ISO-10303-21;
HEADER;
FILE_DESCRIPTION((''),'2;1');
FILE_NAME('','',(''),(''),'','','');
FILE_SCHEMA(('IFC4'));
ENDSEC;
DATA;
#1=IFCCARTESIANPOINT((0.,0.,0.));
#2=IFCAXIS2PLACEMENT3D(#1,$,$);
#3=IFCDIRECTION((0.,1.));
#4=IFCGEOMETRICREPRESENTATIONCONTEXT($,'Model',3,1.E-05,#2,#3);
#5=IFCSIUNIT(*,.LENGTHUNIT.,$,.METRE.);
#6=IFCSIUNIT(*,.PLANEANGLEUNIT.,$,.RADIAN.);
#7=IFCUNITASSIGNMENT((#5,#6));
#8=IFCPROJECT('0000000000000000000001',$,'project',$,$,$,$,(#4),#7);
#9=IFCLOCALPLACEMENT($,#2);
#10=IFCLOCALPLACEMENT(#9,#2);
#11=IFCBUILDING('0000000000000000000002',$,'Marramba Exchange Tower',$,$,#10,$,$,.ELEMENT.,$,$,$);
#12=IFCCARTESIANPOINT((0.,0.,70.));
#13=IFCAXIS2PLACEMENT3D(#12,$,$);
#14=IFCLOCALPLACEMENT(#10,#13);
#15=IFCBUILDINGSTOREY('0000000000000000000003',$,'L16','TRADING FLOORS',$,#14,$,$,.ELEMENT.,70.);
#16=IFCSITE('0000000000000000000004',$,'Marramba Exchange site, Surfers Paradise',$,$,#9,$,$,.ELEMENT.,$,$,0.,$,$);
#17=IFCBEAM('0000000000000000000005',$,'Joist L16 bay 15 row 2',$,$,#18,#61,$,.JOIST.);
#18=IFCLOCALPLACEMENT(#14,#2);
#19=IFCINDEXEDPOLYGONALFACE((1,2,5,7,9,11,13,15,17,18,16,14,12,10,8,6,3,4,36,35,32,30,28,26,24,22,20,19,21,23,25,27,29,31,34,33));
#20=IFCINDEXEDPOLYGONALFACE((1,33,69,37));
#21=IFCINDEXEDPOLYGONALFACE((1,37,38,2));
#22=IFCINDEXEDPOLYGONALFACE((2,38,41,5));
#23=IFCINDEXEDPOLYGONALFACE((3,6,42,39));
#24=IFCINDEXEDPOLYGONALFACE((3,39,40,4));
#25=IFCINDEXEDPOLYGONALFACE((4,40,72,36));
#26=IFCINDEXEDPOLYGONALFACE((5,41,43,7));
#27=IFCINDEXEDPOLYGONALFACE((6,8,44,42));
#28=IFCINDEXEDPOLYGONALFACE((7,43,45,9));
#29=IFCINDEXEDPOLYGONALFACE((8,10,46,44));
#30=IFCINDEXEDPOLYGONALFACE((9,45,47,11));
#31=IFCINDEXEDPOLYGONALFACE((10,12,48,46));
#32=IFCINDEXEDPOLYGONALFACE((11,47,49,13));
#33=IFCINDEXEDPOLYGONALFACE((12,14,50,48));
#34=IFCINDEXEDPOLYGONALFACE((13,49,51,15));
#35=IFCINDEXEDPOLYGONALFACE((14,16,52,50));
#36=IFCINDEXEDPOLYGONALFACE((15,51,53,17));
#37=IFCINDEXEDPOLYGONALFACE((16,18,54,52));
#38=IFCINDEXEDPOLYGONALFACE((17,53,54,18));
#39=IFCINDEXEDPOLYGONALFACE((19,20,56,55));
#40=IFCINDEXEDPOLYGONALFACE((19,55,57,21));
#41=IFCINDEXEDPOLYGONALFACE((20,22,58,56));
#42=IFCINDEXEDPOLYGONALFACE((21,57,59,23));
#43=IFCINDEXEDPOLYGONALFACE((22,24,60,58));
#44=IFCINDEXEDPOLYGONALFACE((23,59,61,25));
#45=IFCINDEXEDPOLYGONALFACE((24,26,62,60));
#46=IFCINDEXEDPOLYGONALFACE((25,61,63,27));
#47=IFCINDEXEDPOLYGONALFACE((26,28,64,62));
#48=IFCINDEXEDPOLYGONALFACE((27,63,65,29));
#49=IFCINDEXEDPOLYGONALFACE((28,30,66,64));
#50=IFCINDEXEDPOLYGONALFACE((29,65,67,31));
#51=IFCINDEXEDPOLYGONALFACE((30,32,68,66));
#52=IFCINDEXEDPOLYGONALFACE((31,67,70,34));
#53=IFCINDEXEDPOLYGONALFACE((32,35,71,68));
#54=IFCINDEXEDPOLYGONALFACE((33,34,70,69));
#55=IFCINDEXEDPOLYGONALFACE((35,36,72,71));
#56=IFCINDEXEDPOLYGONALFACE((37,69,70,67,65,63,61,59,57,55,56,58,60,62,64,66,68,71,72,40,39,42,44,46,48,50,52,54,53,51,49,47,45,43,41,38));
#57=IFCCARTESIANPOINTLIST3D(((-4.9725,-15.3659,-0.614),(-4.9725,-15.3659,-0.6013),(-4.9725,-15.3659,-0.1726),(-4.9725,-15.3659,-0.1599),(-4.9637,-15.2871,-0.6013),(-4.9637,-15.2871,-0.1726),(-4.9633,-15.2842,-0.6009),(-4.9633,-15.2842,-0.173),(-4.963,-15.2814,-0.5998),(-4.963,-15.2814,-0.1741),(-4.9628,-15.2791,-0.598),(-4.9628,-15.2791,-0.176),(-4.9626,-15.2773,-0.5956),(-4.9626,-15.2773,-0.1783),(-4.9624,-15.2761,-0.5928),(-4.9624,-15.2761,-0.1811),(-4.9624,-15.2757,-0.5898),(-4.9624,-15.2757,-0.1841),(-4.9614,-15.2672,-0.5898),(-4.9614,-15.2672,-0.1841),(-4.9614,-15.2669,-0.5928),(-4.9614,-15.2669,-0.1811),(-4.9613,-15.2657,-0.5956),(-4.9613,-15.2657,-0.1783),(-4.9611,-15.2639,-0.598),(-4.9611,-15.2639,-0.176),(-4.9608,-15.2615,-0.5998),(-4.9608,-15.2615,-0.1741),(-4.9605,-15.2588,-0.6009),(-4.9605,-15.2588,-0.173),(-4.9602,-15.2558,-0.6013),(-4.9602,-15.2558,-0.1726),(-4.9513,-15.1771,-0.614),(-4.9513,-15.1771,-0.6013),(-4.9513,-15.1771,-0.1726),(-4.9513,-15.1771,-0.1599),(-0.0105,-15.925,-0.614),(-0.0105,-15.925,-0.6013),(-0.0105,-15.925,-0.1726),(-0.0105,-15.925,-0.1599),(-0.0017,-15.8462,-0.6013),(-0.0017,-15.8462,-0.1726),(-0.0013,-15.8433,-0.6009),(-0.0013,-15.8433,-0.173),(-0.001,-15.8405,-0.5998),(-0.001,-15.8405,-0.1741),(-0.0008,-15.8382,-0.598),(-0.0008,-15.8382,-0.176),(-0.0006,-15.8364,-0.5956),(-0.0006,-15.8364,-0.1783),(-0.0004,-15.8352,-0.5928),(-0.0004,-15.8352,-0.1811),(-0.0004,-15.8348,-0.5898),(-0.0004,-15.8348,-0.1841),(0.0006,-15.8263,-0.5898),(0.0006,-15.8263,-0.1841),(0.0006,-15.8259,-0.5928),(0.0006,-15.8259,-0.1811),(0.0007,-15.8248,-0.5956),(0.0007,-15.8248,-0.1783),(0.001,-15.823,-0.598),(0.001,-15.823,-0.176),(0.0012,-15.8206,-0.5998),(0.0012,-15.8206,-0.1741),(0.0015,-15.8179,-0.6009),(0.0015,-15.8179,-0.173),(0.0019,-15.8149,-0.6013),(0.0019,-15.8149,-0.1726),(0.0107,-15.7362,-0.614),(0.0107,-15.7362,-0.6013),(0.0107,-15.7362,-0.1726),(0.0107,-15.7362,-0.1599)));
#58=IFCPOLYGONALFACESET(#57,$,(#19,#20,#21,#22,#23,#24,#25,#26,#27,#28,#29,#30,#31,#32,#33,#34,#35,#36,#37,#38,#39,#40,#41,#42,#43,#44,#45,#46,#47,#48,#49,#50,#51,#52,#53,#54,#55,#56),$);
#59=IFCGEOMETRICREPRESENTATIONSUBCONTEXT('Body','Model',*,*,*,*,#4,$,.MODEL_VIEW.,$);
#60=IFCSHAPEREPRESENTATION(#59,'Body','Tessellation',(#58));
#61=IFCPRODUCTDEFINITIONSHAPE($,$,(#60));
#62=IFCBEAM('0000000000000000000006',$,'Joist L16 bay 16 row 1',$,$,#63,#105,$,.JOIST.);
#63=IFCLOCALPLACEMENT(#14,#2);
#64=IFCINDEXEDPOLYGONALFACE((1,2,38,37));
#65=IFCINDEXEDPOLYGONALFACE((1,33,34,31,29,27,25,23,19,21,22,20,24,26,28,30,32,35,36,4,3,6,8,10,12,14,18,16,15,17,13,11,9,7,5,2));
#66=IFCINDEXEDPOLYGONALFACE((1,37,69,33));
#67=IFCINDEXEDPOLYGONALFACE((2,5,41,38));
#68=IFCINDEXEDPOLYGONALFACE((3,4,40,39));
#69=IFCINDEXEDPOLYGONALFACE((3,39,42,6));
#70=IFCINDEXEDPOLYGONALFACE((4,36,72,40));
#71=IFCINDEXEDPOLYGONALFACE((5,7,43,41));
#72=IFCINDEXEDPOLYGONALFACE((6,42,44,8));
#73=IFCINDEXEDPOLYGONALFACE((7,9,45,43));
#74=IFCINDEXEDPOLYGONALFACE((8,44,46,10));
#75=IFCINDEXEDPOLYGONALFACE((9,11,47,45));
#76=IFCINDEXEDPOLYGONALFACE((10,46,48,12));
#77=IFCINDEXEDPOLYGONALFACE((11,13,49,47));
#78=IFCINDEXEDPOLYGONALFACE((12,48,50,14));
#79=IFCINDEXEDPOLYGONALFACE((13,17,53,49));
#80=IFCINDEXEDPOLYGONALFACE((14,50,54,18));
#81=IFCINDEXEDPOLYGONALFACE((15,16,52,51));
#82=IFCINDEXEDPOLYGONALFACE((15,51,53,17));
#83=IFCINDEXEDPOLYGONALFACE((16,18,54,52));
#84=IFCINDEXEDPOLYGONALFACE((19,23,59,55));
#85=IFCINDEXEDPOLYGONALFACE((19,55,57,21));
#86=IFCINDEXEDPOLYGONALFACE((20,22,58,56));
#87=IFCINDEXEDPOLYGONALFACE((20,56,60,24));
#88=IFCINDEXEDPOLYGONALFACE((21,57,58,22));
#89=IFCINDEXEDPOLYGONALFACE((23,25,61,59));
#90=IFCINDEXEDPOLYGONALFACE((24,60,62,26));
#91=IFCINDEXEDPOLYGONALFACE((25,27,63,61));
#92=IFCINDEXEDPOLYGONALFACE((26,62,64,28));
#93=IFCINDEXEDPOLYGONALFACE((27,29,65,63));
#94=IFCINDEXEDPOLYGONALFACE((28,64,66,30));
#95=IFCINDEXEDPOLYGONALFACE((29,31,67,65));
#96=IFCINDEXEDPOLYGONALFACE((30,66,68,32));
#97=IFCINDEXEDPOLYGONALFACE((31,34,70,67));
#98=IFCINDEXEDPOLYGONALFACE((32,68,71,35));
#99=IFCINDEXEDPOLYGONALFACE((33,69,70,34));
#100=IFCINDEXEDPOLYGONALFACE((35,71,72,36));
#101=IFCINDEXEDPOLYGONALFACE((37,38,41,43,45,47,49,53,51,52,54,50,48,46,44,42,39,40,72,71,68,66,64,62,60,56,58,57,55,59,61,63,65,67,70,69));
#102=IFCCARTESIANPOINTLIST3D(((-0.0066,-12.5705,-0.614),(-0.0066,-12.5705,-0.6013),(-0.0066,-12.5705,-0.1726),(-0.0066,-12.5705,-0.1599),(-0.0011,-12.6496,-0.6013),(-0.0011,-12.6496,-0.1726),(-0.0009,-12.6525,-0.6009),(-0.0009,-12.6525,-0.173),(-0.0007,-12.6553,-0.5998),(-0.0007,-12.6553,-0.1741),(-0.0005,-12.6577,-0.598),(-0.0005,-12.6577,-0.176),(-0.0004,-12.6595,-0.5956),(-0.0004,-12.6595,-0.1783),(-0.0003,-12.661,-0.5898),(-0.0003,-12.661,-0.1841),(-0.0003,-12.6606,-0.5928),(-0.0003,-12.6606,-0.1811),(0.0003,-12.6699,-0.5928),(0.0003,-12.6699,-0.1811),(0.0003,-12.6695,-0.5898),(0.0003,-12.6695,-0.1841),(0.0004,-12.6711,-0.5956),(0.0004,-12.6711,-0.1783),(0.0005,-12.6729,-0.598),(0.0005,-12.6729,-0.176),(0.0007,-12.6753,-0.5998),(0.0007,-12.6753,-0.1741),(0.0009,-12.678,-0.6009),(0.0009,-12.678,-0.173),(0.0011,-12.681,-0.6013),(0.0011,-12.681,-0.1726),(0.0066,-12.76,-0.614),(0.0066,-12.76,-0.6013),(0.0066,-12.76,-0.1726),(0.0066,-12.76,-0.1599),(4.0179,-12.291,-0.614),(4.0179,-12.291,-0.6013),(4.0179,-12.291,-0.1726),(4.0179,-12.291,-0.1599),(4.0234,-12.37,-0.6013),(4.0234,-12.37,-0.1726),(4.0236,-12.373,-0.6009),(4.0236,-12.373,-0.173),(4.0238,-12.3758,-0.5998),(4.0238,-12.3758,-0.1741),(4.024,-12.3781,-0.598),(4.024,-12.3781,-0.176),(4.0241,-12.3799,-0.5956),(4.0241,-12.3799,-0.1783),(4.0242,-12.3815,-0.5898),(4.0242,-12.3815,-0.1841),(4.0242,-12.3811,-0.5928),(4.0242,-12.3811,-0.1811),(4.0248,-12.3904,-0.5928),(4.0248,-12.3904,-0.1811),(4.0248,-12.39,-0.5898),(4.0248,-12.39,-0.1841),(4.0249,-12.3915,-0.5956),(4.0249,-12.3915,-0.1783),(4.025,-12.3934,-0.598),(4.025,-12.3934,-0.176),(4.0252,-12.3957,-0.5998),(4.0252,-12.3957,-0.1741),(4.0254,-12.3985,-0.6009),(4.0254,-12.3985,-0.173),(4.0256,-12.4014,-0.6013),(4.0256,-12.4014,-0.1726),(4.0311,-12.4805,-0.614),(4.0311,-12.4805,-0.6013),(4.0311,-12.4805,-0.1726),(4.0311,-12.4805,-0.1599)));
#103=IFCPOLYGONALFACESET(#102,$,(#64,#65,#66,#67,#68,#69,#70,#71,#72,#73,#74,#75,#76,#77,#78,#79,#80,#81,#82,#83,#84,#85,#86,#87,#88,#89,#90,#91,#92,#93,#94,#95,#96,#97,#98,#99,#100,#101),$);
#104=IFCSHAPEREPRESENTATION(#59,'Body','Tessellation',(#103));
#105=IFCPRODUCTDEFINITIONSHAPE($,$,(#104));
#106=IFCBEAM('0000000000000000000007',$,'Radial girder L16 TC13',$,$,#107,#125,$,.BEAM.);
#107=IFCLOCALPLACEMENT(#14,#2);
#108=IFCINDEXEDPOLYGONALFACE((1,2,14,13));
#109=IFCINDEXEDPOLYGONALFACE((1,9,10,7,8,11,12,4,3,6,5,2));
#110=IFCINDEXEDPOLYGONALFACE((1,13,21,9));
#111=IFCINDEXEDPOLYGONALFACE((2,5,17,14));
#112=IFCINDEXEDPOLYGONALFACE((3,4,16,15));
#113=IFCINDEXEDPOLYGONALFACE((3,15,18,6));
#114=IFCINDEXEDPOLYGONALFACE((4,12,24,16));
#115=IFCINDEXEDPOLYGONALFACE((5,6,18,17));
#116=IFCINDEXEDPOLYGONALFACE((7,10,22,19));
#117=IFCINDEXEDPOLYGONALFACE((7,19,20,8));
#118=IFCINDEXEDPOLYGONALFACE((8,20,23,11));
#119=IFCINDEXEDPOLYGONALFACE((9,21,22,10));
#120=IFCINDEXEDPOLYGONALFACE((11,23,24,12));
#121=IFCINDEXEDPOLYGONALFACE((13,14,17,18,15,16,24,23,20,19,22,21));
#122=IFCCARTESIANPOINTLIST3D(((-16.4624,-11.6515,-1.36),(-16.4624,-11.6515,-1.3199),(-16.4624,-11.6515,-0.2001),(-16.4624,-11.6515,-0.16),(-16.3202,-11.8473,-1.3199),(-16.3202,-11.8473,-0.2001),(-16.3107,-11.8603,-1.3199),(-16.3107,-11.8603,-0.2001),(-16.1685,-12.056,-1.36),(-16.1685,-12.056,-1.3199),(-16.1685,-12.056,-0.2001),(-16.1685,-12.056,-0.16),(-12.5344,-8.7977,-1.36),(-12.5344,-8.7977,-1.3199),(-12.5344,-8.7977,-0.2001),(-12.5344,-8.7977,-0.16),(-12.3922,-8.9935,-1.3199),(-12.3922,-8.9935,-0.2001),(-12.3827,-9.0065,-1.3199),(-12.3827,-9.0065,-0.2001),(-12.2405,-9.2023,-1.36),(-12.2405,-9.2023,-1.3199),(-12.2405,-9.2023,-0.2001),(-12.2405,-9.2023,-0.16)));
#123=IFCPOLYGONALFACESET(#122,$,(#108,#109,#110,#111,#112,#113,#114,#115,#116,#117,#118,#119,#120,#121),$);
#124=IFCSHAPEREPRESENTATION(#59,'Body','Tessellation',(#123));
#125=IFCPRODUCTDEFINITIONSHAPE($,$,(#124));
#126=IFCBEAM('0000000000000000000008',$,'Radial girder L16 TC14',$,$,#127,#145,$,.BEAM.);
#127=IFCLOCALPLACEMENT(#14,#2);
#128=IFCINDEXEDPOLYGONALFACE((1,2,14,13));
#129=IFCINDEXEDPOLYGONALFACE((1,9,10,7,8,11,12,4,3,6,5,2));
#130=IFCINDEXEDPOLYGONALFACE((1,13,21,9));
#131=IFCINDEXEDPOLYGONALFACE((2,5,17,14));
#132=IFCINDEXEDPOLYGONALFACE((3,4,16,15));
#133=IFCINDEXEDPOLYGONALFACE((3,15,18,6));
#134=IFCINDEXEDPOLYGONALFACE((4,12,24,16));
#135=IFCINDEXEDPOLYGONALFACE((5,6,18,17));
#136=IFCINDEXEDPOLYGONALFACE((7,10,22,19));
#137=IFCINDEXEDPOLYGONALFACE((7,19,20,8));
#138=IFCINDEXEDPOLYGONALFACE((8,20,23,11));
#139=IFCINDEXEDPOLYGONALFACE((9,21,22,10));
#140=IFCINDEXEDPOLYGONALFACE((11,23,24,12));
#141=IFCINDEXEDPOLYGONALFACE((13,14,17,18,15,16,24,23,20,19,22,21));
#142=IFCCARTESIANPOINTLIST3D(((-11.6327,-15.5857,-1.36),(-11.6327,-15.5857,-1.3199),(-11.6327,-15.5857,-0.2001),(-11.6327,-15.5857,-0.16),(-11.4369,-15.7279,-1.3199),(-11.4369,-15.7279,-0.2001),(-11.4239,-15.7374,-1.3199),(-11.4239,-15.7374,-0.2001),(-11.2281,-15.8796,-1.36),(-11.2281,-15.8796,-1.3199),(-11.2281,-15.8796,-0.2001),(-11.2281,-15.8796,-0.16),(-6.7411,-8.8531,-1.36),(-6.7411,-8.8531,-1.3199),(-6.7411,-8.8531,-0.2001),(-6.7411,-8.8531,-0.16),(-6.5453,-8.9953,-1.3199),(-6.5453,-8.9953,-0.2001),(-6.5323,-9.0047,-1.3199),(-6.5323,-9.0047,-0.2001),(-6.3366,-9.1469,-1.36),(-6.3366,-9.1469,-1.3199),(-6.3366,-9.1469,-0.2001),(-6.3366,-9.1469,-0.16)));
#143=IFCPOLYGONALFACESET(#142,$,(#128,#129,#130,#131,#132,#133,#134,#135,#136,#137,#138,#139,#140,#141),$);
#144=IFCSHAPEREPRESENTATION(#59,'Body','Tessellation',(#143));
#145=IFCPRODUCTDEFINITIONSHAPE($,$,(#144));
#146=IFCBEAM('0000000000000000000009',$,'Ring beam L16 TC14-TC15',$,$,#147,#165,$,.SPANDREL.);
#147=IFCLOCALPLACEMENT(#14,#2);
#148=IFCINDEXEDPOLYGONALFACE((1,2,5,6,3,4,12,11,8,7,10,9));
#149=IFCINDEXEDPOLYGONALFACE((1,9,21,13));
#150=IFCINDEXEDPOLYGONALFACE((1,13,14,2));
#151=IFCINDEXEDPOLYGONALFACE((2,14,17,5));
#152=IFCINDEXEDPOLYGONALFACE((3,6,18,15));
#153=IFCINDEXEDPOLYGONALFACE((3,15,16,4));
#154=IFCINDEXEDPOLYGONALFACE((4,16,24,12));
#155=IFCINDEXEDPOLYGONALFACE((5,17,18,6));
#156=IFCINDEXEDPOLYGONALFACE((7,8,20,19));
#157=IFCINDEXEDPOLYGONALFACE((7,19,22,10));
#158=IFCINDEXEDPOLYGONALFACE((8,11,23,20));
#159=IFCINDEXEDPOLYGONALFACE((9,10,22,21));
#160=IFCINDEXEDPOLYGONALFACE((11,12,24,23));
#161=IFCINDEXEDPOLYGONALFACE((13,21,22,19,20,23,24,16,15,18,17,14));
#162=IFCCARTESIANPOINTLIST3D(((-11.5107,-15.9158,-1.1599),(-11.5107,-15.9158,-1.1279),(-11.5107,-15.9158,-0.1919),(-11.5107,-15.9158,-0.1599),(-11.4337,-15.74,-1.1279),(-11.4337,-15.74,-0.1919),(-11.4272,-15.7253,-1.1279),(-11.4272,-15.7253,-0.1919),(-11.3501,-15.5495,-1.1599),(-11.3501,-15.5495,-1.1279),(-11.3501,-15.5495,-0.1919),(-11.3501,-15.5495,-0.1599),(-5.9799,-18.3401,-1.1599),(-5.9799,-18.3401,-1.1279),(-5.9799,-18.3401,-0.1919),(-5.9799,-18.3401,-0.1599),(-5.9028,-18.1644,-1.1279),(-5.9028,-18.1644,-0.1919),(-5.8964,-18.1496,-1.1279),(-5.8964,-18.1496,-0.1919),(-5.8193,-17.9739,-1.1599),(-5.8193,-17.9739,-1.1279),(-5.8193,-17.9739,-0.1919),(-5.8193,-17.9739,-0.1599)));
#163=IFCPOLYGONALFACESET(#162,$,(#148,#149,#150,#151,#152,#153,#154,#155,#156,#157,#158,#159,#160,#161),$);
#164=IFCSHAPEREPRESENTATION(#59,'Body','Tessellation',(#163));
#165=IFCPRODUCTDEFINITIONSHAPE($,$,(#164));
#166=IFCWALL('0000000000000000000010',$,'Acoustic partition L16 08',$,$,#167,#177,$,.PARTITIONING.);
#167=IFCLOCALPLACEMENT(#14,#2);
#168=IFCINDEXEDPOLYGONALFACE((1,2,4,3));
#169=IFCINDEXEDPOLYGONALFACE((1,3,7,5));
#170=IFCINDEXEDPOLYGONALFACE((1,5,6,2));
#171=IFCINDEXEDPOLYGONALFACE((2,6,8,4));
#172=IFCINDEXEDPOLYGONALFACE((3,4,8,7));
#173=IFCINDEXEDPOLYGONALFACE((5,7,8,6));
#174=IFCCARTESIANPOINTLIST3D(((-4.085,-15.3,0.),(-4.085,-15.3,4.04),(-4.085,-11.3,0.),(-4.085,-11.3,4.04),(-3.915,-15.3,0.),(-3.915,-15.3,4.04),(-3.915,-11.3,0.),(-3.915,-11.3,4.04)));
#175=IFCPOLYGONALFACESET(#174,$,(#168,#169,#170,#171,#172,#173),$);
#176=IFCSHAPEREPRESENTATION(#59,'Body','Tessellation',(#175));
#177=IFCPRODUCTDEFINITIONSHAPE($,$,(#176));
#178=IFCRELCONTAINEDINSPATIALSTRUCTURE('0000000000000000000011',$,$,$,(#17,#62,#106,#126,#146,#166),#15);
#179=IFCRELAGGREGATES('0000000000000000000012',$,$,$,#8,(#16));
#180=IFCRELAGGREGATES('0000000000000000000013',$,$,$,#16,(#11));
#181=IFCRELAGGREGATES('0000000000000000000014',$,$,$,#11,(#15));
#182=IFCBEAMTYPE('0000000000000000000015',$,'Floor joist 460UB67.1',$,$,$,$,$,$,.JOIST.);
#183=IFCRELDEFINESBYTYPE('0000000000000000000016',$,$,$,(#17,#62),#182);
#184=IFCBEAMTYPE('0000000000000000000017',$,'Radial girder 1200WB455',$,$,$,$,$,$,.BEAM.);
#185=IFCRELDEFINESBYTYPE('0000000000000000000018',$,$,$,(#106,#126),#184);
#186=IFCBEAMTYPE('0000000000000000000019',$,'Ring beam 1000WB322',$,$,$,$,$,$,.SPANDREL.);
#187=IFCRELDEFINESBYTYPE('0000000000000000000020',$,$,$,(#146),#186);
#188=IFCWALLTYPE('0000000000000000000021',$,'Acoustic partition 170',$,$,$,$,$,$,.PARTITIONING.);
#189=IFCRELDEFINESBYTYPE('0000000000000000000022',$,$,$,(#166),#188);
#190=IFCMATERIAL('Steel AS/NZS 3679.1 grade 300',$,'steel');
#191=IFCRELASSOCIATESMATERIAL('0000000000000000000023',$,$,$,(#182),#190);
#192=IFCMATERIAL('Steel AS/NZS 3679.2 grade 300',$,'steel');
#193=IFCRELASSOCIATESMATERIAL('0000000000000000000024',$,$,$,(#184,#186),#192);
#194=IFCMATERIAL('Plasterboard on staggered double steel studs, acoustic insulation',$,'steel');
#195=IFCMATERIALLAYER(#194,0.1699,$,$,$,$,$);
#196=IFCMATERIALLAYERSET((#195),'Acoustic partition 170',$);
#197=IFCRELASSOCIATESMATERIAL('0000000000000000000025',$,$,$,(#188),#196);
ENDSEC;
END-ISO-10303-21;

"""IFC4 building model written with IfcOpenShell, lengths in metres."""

from ifc_helpers import new_model, si_unit, direction, frame, frame_2d, origin, origin_2d, place, context, subcontext, project, spatial, rectangle, i_section, extrude, material, layer, layer_set, material_profile, profile_set, type_object, element, save


model = new_model("IFC4")

# Units and contexts
model_context = context("Model", 3, precision=1e-05, world=origin(), true_north=direction((0.0, 1.0)))
body_context = subcontext(model_context, "Body", "Model", "MODEL_VIEW")
ifc_project = project(units=[si_unit("LENGTHUNIT", "METRE"), si_unit("PLANEANGLEUNIT", "RADIAN")], contexts=[model_context])

# Site, building, storey
site_placement = place(None, origin())
site = spatial("IfcSite", under=ifc_project, at=site_placement, Name="Marramba Exchange site, Surfers Paradise", CompositionType="ELEMENT", RefElevation=0.0)
building_placement = place(site_placement, origin())
building = spatial("IfcBuilding", under=site, at=building_placement, Name="Marramba Exchange Tower", CompositionType="ELEMENT")
storey_placement = place(building_placement, frame((0.0, 0.0, 70.0)))
storey = spatial("IfcBuildingStorey", under=building, at=storey_placement, Name="L16", Description="TRADING FLOORS", CompositionType="ELEMENT", Elevation=70.0)

# Beams
ifc_material_1 = material(Name="Steel AS/NZS 3679.2 grade 300", Category="steel")
ifc_material_2 = material(Name="Steel AS/NZS 3679.1 grade 300", Category="steel")
ifc_material_profile_1 = material_profile(ifc_material_2, i_section(OverallWidth=0.1899, OverallDepth=0.4541, WebThickness=0.0085, FlangeThickness=0.0127, FilletRadius=0.0115, at=origin_2d()), Name="460UB67.1")
ifc_profile_set_1 = profile_set([ifc_material_profile_1], Name="Steel AS/NZS 3679.1 grade 300")
beam_type_1 = type_object("IfcBeamType", Name="Floor joist 460UB67.1", PredefinedType="JOIST", material=ifc_profile_set_1)
beam_1_placement = place(storey_placement, frame((-4.9619, -15.2715, -0.387), z_axis=(0.993712, -0.111966, 0.0), x_axis=(0.111966, 0.993712, 0.0)))
element("IfcBeam", 1, at=beam_1_placement, inside=storey, type_object=beam_type_1, Name="Joist L16 bay 15 row 2", PredefinedType="JOIST", context=body_context, shape_type="SweptSolid", body=[
    extrude(i_section(OverallWidth=0.1899, OverallDepth=0.4541, WebThickness=0.0085, FlangeThickness=0.0127, FilletRadius=0.0115, at=origin_2d()), origin(), (0.0, 0.0, 1.0), 4.9934),
])
beam_2_placement = place(storey_placement, frame((0.0, -12.6653, -0.387), z_axis=(0.997596, 0.069294, 0.0), x_axis=(-0.069294, 0.997596, 0.0)))
element("IfcBeam", 2, at=beam_2_placement, inside=storey, type_object=beam_type_1, Name="Joist L16 bay 16 row 1", PredefinedType="JOIST", context=body_context, shape_type="SweptSolid", body=[
    extrude(i_section(OverallWidth=0.1899, OverallDepth=0.4541, WebThickness=0.0085, FlangeThickness=0.0127, FilletRadius=0.0115, at=origin_2d()), origin(), (0.0, 0.0, 1.0), 4.0342),
])
ifc_material_profile_2 = material_profile(ifc_material_1, i_section(OverallWidth=0.5, OverallDepth=1.2, WebThickness=0.0161, FlangeThickness=0.04, at=origin_2d()), Name="1200WB455")
ifc_profile_set_2 = profile_set([ifc_material_profile_2], Name="Steel AS/NZS 3679.2 grade 300")
beam_type_2 = type_object("IfcBeamType", Name="Radial girder 1200WB455", PredefinedType="BEAM", material=ifc_profile_set_2)
beam_3_placement = place(storey_placement, frame((-12.3875, -9.0, -0.76), z_axis=(-0.809025, -0.587774, 0.0), x_axis=(0.587774, -0.809025, 0.0)))
element("IfcBeam", 3, at=beam_3_placement, inside=storey, type_object=beam_type_2, Name="Radial girder L16 TC13", PredefinedType="BEAM", context=body_context, shape_type="SweptSolid", body=[
    extrude(i_section(OverallWidth=0.5, OverallDepth=1.2, WebThickness=0.0161, FlangeThickness=0.04, at=origin_2d()), origin(), (0.0, 0.0, 1.0), 4.8552),
])
beam_4_placement = place(storey_placement, frame((-6.5388, -9.0, -0.76), z_axis=(-0.587788, -0.809015, 0.0), x_axis=(0.809015, -0.587788, 0.0)))
element("IfcBeam", 4, at=beam_4_placement, inside=storey, type_object=beam_type_2, Name="Radial girder L16 TC14", PredefinedType="BEAM", context=body_context, shape_type="SweptSolid", body=[
    extrude(i_section(OverallWidth=0.5, OverallDepth=1.2, WebThickness=0.0161, FlangeThickness=0.04, at=origin_2d()), origin(), (0.0, 0.0, 1.0), 8.322),
])
ifc_material_profile_3 = material_profile(ifc_material_1, i_section(OverallWidth=0.3999, OverallDepth=1.0, WebThickness=0.0161, FlangeThickness=0.032, at=origin_2d()), Name="1000WB322")
ifc_profile_set_3 = profile_set([ifc_material_profile_3], Name="Steel AS/NZS 3679.2 grade 300")
beam_type_3 = type_object("IfcBeamType", Name="Ring beam 1000WB322", PredefinedType="SPANDREL", material=ifc_profile_set_3)
beam_5_placement = place(storey_placement, frame((-11.4304, -15.7327, -0.6599), z_axis=(0.915877, -0.401459, 0.0), x_axis=(0.401459, 0.915877, 0.0)))
element("IfcBeam", 5, at=beam_5_placement, inside=storey, type_object=beam_type_3, Name="Ring beam L16 TC14-TC15", PredefinedType="SPANDREL", context=body_context, shape_type="SweptSolid", body=[
    extrude(i_section(OverallWidth=0.3999, OverallDepth=1.0, WebThickness=0.0161, FlangeThickness=0.032, at=origin_2d()), origin(), (0.0, 0.0, 1.0), 6.0388),
])

# Wall
ifc_material_3 = material(Name="Plasterboard on staggered double steel studs, acoustic insulation", Category="steel")
ifc_layer_1 = layer(ifc_material_3, 0.1699)
ifc_layer_set_1 = layer_set([ifc_layer_1], Name="Acoustic partition 170")
wall_type_1 = type_object("IfcWallType", Name="Acoustic partition 170", PredefinedType="PARTITIONING", material=ifc_layer_set_1)
wall_1_placement = place(storey_placement, frame((-4.0, -11.3, 0.0), z_axis=(0.0, 0.0, 1.0), x_axis=(0.0, -1.0, 0.0)))
element("IfcWall", 6, at=wall_1_placement, inside=storey, type_object=wall_type_1, Name="Acoustic partition L16 08", PredefinedType="PARTITIONING", context=body_context, shape_type="SweptSolid", body=[
    extrude(rectangle(XDim=4.0, YDim=0.1699, at=frame_2d((2.0, 0.0))), origin(), (0.0, 0.0, 1.0), 4.04),
])

save(model, "model.ifc")
